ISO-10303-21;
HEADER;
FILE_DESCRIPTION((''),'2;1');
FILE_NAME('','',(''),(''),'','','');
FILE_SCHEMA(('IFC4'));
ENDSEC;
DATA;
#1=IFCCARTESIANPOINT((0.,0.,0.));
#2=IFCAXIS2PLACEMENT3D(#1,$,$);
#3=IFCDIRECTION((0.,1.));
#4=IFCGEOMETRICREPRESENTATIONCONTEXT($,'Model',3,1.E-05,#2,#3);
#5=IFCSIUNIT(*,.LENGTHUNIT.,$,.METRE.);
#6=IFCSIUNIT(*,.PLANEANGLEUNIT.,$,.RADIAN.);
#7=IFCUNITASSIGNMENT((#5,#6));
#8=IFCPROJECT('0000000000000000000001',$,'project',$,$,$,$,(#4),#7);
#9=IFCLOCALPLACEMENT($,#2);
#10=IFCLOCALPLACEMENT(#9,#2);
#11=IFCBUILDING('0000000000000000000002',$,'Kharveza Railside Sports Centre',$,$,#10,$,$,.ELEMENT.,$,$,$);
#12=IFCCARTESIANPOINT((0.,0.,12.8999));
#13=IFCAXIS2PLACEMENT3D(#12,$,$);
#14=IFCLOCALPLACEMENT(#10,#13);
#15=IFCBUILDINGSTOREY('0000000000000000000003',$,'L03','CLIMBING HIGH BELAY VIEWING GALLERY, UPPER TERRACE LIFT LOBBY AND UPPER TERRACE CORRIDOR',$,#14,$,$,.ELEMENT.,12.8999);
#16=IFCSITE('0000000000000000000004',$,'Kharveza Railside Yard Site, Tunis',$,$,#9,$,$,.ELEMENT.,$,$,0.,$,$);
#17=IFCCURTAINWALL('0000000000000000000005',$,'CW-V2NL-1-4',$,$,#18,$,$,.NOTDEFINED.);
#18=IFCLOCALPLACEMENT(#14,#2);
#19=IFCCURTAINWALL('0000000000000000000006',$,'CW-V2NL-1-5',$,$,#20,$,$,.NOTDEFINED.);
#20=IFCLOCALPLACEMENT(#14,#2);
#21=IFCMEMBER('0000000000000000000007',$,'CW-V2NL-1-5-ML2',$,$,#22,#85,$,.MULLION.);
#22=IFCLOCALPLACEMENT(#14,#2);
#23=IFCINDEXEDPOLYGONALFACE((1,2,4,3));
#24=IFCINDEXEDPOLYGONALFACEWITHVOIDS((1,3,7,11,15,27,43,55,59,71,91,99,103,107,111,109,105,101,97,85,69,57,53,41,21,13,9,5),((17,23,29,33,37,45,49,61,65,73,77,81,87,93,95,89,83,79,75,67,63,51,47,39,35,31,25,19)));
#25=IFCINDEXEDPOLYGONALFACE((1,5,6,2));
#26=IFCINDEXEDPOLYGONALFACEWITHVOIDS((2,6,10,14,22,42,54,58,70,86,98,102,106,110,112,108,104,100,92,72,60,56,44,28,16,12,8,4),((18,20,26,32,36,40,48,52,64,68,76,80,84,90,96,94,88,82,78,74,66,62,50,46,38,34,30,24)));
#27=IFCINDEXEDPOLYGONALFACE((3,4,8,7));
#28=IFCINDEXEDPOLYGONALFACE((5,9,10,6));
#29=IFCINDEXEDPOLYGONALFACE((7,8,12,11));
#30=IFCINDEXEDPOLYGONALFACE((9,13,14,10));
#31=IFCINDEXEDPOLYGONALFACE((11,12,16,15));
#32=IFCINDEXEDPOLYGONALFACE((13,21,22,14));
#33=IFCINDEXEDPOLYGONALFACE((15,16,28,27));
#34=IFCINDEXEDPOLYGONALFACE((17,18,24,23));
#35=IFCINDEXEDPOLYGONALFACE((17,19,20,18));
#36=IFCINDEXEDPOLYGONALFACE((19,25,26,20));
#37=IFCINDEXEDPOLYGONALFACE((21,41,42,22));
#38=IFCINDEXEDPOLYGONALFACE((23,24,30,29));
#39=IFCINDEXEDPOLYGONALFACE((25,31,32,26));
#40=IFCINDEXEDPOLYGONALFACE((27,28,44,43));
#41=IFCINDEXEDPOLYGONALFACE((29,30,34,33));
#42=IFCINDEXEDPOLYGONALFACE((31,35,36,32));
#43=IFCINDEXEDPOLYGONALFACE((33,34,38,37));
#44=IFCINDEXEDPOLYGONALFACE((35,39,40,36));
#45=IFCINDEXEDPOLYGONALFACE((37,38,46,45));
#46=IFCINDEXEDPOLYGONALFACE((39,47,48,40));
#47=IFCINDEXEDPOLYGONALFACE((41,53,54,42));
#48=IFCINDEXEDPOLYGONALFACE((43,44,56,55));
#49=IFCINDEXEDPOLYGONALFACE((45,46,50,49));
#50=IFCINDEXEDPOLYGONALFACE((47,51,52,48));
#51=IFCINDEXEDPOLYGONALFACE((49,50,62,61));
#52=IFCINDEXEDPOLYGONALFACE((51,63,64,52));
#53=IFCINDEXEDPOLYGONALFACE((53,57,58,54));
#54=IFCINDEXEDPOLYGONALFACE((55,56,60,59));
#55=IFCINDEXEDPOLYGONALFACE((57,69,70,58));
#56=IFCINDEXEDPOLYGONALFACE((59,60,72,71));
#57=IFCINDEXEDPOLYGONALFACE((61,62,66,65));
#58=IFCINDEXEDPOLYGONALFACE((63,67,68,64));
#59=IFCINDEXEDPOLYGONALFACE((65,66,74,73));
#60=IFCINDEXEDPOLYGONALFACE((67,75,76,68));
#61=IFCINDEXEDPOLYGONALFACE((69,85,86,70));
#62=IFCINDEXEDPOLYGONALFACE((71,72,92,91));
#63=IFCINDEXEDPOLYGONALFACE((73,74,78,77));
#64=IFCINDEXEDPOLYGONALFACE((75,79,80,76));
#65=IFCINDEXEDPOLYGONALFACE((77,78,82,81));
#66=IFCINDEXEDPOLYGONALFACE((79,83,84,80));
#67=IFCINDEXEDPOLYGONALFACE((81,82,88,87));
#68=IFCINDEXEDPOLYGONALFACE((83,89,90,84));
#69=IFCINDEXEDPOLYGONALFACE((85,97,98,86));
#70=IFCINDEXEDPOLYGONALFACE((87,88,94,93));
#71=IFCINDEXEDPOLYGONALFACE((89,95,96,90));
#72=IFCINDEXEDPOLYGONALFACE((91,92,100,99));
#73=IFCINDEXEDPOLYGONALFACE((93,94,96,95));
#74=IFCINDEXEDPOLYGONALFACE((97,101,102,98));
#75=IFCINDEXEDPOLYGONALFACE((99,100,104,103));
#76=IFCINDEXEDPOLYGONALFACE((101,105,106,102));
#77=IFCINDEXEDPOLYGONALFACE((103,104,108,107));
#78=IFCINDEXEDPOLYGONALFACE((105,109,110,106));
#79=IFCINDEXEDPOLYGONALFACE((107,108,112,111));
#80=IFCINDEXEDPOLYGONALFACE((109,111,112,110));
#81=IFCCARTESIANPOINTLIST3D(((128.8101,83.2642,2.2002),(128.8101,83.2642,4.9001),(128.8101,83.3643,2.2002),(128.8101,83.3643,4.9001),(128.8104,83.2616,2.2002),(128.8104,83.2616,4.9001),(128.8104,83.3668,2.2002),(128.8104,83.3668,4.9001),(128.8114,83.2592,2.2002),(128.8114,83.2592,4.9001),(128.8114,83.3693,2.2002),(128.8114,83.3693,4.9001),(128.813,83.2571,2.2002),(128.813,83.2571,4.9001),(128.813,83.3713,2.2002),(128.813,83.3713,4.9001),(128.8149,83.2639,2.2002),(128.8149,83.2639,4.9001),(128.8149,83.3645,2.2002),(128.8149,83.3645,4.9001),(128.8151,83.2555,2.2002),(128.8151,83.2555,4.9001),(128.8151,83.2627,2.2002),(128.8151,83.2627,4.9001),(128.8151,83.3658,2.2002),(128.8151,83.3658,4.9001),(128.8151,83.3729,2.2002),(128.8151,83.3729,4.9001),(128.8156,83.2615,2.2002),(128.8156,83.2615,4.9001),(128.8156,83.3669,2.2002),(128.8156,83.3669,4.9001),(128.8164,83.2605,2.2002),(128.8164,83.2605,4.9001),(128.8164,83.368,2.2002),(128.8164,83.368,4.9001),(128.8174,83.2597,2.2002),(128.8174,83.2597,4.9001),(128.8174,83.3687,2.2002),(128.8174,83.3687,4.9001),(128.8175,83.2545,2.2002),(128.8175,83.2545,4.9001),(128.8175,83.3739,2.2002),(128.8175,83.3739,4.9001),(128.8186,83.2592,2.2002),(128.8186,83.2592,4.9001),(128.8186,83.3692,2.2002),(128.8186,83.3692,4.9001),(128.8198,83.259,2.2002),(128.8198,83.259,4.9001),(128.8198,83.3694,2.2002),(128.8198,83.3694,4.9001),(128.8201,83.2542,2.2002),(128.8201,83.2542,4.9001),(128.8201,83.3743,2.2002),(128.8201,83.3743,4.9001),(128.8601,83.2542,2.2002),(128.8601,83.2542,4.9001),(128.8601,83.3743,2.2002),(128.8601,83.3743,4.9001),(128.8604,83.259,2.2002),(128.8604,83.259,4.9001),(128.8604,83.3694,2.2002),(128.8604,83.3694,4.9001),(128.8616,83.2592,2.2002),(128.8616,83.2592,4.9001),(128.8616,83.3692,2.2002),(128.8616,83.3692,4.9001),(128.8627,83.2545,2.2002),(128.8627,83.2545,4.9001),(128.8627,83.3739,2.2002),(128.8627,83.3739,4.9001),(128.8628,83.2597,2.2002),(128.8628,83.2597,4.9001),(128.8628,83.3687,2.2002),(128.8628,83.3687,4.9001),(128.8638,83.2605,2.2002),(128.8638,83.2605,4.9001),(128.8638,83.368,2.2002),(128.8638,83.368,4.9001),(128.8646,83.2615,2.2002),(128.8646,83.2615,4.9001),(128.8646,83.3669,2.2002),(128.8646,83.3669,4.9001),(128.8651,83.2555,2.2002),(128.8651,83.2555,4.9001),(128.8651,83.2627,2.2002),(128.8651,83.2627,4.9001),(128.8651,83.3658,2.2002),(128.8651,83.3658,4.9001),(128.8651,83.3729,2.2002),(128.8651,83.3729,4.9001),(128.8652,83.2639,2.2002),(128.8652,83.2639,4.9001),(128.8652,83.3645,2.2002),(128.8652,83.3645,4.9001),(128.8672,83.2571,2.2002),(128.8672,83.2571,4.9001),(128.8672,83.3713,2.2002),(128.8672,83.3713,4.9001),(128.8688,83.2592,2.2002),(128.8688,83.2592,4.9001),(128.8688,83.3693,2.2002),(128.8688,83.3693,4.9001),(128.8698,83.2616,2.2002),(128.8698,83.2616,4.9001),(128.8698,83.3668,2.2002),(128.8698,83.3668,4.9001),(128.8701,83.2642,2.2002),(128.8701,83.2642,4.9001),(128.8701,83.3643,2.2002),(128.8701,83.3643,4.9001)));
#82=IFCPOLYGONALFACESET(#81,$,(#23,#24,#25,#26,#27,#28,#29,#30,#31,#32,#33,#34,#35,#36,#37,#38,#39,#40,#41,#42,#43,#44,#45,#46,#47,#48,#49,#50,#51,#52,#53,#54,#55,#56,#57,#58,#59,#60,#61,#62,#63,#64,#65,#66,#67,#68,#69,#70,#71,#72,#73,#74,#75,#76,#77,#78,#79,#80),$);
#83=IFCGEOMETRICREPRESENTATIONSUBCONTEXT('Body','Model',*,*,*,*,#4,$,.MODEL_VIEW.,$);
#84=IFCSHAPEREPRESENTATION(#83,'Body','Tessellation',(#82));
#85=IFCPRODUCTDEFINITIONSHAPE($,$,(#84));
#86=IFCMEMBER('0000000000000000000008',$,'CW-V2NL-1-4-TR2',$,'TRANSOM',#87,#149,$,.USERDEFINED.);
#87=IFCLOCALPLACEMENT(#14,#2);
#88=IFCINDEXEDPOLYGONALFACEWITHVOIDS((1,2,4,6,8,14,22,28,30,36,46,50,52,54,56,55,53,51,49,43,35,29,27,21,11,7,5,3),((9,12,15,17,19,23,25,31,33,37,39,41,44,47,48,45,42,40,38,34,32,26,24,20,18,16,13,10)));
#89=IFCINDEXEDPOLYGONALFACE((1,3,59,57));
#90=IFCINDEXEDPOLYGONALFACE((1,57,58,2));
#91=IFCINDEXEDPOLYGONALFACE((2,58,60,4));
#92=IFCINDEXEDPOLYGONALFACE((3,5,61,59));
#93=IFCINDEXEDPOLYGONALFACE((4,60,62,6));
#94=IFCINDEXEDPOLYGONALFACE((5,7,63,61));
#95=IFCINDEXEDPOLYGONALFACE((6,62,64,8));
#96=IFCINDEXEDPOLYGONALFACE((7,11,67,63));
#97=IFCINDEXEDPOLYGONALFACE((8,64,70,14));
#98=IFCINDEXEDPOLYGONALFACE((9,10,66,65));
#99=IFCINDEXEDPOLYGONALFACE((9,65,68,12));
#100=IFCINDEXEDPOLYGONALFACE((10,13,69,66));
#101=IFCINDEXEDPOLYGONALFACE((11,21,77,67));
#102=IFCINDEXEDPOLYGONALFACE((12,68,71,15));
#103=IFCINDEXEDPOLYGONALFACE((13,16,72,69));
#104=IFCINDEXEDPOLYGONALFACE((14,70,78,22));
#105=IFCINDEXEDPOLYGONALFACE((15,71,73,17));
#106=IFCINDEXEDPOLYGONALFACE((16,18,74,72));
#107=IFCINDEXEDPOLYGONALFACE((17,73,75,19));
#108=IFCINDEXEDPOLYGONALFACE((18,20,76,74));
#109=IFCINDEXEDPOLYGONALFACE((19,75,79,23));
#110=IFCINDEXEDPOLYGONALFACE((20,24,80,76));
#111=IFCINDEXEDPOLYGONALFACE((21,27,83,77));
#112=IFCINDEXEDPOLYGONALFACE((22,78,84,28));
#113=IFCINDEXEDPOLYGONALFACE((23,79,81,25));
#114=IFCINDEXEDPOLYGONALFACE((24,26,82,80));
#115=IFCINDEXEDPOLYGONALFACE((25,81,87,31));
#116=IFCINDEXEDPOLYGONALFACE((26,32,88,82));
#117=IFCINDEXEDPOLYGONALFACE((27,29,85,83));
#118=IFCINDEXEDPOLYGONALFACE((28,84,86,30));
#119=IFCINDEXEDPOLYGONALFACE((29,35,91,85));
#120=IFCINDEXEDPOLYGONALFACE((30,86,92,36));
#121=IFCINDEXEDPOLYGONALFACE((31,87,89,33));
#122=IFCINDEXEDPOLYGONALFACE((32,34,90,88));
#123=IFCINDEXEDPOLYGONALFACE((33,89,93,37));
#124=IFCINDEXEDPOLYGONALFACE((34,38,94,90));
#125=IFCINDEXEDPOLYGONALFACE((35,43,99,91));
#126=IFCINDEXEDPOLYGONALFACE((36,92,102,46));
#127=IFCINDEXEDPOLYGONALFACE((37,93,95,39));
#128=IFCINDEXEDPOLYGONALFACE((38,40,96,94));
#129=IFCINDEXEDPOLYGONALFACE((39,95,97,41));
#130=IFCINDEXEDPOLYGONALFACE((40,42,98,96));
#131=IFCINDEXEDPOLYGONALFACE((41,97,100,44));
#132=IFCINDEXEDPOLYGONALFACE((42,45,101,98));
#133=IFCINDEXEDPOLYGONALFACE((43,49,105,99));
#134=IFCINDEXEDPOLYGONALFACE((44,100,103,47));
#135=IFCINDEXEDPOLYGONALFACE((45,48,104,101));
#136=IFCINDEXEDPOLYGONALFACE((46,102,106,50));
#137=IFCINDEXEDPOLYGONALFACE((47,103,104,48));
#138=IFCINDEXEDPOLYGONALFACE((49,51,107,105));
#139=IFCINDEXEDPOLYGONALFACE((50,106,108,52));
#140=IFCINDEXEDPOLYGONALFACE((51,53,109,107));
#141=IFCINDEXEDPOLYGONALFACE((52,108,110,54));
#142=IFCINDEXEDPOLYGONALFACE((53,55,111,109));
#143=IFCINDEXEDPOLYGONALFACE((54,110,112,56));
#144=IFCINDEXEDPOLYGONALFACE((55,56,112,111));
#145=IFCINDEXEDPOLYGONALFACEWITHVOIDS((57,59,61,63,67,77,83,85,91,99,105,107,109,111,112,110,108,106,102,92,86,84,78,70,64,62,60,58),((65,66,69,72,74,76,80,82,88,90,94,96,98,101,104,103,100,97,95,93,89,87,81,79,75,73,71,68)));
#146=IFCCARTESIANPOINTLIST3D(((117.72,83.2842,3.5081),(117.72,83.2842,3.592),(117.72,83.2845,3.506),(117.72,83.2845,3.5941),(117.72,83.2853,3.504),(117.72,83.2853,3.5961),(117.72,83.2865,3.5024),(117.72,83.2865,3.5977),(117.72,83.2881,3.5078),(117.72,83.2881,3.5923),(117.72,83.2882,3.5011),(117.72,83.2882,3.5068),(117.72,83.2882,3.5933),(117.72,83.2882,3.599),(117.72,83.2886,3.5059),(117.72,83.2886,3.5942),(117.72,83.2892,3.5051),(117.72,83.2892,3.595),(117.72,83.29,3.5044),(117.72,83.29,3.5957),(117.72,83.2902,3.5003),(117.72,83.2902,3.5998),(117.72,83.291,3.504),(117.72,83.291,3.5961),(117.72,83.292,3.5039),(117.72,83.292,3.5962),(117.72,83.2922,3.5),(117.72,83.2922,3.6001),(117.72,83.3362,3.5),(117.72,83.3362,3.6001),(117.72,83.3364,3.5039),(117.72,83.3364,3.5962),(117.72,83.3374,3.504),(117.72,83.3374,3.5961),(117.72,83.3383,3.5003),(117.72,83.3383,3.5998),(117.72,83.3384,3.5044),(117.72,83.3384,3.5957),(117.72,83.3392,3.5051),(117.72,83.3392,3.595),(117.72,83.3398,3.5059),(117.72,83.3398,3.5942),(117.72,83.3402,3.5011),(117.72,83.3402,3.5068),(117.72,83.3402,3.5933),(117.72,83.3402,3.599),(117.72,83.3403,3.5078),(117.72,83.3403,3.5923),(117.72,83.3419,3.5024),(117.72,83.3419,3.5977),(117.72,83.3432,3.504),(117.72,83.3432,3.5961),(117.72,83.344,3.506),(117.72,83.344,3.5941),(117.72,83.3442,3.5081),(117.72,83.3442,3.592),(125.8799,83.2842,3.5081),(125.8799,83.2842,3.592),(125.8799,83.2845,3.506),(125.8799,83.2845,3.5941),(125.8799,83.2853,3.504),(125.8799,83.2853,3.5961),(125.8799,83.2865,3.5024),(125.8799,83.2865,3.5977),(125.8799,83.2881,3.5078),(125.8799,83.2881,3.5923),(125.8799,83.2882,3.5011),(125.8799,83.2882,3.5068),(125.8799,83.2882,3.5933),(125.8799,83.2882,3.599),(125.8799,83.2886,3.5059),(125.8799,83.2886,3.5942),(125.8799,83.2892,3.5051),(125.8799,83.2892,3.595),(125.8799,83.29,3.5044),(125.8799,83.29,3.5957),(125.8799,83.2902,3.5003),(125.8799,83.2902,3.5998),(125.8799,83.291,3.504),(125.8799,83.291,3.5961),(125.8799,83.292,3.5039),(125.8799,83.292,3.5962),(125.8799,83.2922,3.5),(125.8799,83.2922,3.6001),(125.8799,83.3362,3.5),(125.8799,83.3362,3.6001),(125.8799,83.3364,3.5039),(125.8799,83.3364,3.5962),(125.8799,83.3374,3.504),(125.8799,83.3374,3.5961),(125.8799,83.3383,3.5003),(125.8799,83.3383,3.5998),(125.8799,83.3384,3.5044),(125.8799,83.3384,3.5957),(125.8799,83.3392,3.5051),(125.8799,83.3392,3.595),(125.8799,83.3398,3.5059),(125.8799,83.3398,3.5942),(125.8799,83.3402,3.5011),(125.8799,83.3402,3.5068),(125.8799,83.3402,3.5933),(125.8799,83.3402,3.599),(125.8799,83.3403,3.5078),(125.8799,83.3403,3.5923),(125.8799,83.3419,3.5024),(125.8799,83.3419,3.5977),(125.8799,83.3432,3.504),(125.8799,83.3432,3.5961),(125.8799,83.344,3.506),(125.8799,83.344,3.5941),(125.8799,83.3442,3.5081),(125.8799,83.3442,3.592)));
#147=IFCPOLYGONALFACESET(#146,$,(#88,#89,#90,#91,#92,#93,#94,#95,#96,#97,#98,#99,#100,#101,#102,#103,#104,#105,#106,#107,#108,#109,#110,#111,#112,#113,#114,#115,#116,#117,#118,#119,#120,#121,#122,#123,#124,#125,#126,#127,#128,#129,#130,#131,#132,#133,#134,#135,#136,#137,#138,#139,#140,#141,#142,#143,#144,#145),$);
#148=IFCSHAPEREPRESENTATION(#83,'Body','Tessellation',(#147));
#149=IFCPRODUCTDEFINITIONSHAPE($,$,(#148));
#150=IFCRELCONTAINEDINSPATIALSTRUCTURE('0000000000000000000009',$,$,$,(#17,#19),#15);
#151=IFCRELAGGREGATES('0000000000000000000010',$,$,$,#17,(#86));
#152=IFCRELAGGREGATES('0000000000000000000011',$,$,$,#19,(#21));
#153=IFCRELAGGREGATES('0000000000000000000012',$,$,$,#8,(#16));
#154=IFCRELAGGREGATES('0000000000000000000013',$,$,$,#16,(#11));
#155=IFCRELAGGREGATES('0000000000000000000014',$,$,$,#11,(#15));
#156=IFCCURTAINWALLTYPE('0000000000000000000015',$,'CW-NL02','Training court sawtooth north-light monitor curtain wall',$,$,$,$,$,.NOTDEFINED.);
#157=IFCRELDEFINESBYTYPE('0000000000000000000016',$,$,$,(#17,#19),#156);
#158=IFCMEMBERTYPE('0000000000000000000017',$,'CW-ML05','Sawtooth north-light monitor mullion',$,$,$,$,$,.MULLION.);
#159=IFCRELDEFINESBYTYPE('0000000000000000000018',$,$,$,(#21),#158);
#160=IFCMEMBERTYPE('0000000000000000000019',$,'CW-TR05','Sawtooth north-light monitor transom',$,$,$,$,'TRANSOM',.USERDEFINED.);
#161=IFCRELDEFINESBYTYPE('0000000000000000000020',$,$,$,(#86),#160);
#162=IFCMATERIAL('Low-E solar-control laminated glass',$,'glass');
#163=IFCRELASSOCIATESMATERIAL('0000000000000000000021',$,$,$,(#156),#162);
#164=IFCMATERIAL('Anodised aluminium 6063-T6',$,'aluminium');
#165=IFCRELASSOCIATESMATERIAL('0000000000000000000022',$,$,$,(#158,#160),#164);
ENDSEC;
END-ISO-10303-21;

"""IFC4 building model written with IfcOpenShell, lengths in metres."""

from ifc_helpers import new_model, si_unit, direction, frame, origin, origin_2d, place, context, subcontext, project, spatial, hollow_rectangle, extrude, material, material_profile, profile_set, type_object, element, aggregate, save


model = new_model("IFC4")

# Units and contexts
model_context = context("Model", 3, precision=1e-05, world=origin(), true_north=direction((0.0, 1.0)))
body_context = subcontext(model_context, "Body", "Model", "MODEL_VIEW")
ifc_project = project(units=[si_unit("LENGTHUNIT", "METRE"), si_unit("PLANEANGLEUNIT", "RADIAN")], contexts=[model_context])

# Site, building, storey
site_placement = place(None, origin())
site = spatial("IfcSite", under=ifc_project, at=site_placement, Name="Kharveza Railside Yard Site, Tunis", CompositionType="ELEMENT", RefElevation=0.0)
building_placement = place(site_placement, origin())
building = spatial("IfcBuilding", under=site, at=building_placement, Name="Kharveza Railside Sports Centre", CompositionType="ELEMENT")
storey_placement = place(building_placement, frame((0.0, 0.0, 12.8999)))
storey = spatial("IfcBuildingStorey", under=building, at=storey_placement, Name="L03", Description="CLIMBING HIGH BELAY VIEWING GALLERY, UPPER TERRACE LIFT LOBBY AND UPPER TERRACE CORRIDOR", CompositionType="ELEMENT", Elevation=12.8999)

# Curtain walls, member
ifc_material_1 = material(Name="Low-E solar-control laminated glass", Category="glass")
curtain_wall_type = type_object("IfcCurtainWallType", Name="CW-NL02", Description="Training court sawtooth north-light monitor curtain wall", PredefinedType="NOTDEFINED", material=ifc_material_1)
curtain_wall_1_placement = place(storey_placement, origin())
curtain_wall_1 = element("IfcCurtainWall", 1, at=curtain_wall_1_placement, inside=storey, type_object=curtain_wall_type, Name="CW-V2NL-1-4", PredefinedType="NOTDEFINED")
ifc_material_2 = material(Name="Anodised aluminium 6063-T6", Category="aluminium")
ifc_material_profile_1 = material_profile(ifc_material_2, hollow_rectangle(XDim=0.0601, YDim=0.1201, WallThickness=0.0049, InnerFilletRadius=0.0049, OuterFilletRadius=0.01, at=origin_2d()), Name="RHS 60x120x5.0")
ifc_profile_set_1 = profile_set([ifc_material_profile_1], Name="Anodised aluminium 6063-T6")
member_type_1 = type_object("IfcMemberType", Name="CW-ML05", Description="Sawtooth north-light monitor mullion", PredefinedType="MULLION", material=ifc_profile_set_1)
curtain_wall_2_placement = place(storey_placement, origin())
curtain_wall_2 = element("IfcCurtainWall", 2, at=curtain_wall_2_placement, inside=storey, type_object=curtain_wall_type, Name="CW-V2NL-1-5", PredefinedType="NOTDEFINED")
member_1_placement = place(storey_placement, frame((128.8401, 83.3142, 2.2002), z_axis=(0.0, 0.0, 1.0), x_axis=(1.0, 0.0, 0.0)))
member_1 = element("IfcMember", 3, at=member_1_placement, type_object=member_type_1, Name="CW-V2NL-1-5-ML2", PredefinedType="MULLION", context=body_context, shape_type="SweptSolid", body=[
    extrude(hollow_rectangle(XDim=0.0601, YDim=0.1201, WallThickness=0.0049, InnerFilletRadius=0.0049, OuterFilletRadius=0.01, at=origin_2d()), origin(), (0.0, 0.0, 1.0), 2.7),
])

# Member
ifc_material_profile_2 = material_profile(ifc_material_2, hollow_rectangle(XDim=0.0601, YDim=0.1001, WallThickness=0.0039, InnerFilletRadius=0.0039, OuterFilletRadius=0.0081, at=origin_2d()), Name="RHS 60x100x4.0")
ifc_profile_set_2 = profile_set([ifc_material_profile_2], Name="Anodised aluminium 6063-T6")
member_type_2 = type_object("IfcMemberType", Name="CW-TR05", Description="Sawtooth north-light monitor transom", ElementType="TRANSOM", PredefinedType="USERDEFINED", material=ifc_profile_set_2)
member_2_placement = place(storey_placement, frame((117.72, 83.3142, 3.55), z_axis=(1.0, 0.0, 0.0), x_axis=(0.0, 1.0, 0.0)))
member_2 = element("IfcMember", 4, at=member_2_placement, type_object=member_type_2, Name="CW-V2NL-1-4-TR2", ObjectType="TRANSOM", PredefinedType="USERDEFINED", context=body_context, shape_type="SweptSolid", body=[
    extrude(hollow_rectangle(XDim=0.0601, YDim=0.1001, WallThickness=0.0039, InnerFilletRadius=0.0039, OuterFilletRadius=0.0081, at=origin_2d()), origin(), (0.0, 0.0, 1.0), 8.1599),
])

aggregate(curtain_wall_1, [member_2])
aggregate(curtain_wall_2, [member_1])

save(model, "model.ifc")
